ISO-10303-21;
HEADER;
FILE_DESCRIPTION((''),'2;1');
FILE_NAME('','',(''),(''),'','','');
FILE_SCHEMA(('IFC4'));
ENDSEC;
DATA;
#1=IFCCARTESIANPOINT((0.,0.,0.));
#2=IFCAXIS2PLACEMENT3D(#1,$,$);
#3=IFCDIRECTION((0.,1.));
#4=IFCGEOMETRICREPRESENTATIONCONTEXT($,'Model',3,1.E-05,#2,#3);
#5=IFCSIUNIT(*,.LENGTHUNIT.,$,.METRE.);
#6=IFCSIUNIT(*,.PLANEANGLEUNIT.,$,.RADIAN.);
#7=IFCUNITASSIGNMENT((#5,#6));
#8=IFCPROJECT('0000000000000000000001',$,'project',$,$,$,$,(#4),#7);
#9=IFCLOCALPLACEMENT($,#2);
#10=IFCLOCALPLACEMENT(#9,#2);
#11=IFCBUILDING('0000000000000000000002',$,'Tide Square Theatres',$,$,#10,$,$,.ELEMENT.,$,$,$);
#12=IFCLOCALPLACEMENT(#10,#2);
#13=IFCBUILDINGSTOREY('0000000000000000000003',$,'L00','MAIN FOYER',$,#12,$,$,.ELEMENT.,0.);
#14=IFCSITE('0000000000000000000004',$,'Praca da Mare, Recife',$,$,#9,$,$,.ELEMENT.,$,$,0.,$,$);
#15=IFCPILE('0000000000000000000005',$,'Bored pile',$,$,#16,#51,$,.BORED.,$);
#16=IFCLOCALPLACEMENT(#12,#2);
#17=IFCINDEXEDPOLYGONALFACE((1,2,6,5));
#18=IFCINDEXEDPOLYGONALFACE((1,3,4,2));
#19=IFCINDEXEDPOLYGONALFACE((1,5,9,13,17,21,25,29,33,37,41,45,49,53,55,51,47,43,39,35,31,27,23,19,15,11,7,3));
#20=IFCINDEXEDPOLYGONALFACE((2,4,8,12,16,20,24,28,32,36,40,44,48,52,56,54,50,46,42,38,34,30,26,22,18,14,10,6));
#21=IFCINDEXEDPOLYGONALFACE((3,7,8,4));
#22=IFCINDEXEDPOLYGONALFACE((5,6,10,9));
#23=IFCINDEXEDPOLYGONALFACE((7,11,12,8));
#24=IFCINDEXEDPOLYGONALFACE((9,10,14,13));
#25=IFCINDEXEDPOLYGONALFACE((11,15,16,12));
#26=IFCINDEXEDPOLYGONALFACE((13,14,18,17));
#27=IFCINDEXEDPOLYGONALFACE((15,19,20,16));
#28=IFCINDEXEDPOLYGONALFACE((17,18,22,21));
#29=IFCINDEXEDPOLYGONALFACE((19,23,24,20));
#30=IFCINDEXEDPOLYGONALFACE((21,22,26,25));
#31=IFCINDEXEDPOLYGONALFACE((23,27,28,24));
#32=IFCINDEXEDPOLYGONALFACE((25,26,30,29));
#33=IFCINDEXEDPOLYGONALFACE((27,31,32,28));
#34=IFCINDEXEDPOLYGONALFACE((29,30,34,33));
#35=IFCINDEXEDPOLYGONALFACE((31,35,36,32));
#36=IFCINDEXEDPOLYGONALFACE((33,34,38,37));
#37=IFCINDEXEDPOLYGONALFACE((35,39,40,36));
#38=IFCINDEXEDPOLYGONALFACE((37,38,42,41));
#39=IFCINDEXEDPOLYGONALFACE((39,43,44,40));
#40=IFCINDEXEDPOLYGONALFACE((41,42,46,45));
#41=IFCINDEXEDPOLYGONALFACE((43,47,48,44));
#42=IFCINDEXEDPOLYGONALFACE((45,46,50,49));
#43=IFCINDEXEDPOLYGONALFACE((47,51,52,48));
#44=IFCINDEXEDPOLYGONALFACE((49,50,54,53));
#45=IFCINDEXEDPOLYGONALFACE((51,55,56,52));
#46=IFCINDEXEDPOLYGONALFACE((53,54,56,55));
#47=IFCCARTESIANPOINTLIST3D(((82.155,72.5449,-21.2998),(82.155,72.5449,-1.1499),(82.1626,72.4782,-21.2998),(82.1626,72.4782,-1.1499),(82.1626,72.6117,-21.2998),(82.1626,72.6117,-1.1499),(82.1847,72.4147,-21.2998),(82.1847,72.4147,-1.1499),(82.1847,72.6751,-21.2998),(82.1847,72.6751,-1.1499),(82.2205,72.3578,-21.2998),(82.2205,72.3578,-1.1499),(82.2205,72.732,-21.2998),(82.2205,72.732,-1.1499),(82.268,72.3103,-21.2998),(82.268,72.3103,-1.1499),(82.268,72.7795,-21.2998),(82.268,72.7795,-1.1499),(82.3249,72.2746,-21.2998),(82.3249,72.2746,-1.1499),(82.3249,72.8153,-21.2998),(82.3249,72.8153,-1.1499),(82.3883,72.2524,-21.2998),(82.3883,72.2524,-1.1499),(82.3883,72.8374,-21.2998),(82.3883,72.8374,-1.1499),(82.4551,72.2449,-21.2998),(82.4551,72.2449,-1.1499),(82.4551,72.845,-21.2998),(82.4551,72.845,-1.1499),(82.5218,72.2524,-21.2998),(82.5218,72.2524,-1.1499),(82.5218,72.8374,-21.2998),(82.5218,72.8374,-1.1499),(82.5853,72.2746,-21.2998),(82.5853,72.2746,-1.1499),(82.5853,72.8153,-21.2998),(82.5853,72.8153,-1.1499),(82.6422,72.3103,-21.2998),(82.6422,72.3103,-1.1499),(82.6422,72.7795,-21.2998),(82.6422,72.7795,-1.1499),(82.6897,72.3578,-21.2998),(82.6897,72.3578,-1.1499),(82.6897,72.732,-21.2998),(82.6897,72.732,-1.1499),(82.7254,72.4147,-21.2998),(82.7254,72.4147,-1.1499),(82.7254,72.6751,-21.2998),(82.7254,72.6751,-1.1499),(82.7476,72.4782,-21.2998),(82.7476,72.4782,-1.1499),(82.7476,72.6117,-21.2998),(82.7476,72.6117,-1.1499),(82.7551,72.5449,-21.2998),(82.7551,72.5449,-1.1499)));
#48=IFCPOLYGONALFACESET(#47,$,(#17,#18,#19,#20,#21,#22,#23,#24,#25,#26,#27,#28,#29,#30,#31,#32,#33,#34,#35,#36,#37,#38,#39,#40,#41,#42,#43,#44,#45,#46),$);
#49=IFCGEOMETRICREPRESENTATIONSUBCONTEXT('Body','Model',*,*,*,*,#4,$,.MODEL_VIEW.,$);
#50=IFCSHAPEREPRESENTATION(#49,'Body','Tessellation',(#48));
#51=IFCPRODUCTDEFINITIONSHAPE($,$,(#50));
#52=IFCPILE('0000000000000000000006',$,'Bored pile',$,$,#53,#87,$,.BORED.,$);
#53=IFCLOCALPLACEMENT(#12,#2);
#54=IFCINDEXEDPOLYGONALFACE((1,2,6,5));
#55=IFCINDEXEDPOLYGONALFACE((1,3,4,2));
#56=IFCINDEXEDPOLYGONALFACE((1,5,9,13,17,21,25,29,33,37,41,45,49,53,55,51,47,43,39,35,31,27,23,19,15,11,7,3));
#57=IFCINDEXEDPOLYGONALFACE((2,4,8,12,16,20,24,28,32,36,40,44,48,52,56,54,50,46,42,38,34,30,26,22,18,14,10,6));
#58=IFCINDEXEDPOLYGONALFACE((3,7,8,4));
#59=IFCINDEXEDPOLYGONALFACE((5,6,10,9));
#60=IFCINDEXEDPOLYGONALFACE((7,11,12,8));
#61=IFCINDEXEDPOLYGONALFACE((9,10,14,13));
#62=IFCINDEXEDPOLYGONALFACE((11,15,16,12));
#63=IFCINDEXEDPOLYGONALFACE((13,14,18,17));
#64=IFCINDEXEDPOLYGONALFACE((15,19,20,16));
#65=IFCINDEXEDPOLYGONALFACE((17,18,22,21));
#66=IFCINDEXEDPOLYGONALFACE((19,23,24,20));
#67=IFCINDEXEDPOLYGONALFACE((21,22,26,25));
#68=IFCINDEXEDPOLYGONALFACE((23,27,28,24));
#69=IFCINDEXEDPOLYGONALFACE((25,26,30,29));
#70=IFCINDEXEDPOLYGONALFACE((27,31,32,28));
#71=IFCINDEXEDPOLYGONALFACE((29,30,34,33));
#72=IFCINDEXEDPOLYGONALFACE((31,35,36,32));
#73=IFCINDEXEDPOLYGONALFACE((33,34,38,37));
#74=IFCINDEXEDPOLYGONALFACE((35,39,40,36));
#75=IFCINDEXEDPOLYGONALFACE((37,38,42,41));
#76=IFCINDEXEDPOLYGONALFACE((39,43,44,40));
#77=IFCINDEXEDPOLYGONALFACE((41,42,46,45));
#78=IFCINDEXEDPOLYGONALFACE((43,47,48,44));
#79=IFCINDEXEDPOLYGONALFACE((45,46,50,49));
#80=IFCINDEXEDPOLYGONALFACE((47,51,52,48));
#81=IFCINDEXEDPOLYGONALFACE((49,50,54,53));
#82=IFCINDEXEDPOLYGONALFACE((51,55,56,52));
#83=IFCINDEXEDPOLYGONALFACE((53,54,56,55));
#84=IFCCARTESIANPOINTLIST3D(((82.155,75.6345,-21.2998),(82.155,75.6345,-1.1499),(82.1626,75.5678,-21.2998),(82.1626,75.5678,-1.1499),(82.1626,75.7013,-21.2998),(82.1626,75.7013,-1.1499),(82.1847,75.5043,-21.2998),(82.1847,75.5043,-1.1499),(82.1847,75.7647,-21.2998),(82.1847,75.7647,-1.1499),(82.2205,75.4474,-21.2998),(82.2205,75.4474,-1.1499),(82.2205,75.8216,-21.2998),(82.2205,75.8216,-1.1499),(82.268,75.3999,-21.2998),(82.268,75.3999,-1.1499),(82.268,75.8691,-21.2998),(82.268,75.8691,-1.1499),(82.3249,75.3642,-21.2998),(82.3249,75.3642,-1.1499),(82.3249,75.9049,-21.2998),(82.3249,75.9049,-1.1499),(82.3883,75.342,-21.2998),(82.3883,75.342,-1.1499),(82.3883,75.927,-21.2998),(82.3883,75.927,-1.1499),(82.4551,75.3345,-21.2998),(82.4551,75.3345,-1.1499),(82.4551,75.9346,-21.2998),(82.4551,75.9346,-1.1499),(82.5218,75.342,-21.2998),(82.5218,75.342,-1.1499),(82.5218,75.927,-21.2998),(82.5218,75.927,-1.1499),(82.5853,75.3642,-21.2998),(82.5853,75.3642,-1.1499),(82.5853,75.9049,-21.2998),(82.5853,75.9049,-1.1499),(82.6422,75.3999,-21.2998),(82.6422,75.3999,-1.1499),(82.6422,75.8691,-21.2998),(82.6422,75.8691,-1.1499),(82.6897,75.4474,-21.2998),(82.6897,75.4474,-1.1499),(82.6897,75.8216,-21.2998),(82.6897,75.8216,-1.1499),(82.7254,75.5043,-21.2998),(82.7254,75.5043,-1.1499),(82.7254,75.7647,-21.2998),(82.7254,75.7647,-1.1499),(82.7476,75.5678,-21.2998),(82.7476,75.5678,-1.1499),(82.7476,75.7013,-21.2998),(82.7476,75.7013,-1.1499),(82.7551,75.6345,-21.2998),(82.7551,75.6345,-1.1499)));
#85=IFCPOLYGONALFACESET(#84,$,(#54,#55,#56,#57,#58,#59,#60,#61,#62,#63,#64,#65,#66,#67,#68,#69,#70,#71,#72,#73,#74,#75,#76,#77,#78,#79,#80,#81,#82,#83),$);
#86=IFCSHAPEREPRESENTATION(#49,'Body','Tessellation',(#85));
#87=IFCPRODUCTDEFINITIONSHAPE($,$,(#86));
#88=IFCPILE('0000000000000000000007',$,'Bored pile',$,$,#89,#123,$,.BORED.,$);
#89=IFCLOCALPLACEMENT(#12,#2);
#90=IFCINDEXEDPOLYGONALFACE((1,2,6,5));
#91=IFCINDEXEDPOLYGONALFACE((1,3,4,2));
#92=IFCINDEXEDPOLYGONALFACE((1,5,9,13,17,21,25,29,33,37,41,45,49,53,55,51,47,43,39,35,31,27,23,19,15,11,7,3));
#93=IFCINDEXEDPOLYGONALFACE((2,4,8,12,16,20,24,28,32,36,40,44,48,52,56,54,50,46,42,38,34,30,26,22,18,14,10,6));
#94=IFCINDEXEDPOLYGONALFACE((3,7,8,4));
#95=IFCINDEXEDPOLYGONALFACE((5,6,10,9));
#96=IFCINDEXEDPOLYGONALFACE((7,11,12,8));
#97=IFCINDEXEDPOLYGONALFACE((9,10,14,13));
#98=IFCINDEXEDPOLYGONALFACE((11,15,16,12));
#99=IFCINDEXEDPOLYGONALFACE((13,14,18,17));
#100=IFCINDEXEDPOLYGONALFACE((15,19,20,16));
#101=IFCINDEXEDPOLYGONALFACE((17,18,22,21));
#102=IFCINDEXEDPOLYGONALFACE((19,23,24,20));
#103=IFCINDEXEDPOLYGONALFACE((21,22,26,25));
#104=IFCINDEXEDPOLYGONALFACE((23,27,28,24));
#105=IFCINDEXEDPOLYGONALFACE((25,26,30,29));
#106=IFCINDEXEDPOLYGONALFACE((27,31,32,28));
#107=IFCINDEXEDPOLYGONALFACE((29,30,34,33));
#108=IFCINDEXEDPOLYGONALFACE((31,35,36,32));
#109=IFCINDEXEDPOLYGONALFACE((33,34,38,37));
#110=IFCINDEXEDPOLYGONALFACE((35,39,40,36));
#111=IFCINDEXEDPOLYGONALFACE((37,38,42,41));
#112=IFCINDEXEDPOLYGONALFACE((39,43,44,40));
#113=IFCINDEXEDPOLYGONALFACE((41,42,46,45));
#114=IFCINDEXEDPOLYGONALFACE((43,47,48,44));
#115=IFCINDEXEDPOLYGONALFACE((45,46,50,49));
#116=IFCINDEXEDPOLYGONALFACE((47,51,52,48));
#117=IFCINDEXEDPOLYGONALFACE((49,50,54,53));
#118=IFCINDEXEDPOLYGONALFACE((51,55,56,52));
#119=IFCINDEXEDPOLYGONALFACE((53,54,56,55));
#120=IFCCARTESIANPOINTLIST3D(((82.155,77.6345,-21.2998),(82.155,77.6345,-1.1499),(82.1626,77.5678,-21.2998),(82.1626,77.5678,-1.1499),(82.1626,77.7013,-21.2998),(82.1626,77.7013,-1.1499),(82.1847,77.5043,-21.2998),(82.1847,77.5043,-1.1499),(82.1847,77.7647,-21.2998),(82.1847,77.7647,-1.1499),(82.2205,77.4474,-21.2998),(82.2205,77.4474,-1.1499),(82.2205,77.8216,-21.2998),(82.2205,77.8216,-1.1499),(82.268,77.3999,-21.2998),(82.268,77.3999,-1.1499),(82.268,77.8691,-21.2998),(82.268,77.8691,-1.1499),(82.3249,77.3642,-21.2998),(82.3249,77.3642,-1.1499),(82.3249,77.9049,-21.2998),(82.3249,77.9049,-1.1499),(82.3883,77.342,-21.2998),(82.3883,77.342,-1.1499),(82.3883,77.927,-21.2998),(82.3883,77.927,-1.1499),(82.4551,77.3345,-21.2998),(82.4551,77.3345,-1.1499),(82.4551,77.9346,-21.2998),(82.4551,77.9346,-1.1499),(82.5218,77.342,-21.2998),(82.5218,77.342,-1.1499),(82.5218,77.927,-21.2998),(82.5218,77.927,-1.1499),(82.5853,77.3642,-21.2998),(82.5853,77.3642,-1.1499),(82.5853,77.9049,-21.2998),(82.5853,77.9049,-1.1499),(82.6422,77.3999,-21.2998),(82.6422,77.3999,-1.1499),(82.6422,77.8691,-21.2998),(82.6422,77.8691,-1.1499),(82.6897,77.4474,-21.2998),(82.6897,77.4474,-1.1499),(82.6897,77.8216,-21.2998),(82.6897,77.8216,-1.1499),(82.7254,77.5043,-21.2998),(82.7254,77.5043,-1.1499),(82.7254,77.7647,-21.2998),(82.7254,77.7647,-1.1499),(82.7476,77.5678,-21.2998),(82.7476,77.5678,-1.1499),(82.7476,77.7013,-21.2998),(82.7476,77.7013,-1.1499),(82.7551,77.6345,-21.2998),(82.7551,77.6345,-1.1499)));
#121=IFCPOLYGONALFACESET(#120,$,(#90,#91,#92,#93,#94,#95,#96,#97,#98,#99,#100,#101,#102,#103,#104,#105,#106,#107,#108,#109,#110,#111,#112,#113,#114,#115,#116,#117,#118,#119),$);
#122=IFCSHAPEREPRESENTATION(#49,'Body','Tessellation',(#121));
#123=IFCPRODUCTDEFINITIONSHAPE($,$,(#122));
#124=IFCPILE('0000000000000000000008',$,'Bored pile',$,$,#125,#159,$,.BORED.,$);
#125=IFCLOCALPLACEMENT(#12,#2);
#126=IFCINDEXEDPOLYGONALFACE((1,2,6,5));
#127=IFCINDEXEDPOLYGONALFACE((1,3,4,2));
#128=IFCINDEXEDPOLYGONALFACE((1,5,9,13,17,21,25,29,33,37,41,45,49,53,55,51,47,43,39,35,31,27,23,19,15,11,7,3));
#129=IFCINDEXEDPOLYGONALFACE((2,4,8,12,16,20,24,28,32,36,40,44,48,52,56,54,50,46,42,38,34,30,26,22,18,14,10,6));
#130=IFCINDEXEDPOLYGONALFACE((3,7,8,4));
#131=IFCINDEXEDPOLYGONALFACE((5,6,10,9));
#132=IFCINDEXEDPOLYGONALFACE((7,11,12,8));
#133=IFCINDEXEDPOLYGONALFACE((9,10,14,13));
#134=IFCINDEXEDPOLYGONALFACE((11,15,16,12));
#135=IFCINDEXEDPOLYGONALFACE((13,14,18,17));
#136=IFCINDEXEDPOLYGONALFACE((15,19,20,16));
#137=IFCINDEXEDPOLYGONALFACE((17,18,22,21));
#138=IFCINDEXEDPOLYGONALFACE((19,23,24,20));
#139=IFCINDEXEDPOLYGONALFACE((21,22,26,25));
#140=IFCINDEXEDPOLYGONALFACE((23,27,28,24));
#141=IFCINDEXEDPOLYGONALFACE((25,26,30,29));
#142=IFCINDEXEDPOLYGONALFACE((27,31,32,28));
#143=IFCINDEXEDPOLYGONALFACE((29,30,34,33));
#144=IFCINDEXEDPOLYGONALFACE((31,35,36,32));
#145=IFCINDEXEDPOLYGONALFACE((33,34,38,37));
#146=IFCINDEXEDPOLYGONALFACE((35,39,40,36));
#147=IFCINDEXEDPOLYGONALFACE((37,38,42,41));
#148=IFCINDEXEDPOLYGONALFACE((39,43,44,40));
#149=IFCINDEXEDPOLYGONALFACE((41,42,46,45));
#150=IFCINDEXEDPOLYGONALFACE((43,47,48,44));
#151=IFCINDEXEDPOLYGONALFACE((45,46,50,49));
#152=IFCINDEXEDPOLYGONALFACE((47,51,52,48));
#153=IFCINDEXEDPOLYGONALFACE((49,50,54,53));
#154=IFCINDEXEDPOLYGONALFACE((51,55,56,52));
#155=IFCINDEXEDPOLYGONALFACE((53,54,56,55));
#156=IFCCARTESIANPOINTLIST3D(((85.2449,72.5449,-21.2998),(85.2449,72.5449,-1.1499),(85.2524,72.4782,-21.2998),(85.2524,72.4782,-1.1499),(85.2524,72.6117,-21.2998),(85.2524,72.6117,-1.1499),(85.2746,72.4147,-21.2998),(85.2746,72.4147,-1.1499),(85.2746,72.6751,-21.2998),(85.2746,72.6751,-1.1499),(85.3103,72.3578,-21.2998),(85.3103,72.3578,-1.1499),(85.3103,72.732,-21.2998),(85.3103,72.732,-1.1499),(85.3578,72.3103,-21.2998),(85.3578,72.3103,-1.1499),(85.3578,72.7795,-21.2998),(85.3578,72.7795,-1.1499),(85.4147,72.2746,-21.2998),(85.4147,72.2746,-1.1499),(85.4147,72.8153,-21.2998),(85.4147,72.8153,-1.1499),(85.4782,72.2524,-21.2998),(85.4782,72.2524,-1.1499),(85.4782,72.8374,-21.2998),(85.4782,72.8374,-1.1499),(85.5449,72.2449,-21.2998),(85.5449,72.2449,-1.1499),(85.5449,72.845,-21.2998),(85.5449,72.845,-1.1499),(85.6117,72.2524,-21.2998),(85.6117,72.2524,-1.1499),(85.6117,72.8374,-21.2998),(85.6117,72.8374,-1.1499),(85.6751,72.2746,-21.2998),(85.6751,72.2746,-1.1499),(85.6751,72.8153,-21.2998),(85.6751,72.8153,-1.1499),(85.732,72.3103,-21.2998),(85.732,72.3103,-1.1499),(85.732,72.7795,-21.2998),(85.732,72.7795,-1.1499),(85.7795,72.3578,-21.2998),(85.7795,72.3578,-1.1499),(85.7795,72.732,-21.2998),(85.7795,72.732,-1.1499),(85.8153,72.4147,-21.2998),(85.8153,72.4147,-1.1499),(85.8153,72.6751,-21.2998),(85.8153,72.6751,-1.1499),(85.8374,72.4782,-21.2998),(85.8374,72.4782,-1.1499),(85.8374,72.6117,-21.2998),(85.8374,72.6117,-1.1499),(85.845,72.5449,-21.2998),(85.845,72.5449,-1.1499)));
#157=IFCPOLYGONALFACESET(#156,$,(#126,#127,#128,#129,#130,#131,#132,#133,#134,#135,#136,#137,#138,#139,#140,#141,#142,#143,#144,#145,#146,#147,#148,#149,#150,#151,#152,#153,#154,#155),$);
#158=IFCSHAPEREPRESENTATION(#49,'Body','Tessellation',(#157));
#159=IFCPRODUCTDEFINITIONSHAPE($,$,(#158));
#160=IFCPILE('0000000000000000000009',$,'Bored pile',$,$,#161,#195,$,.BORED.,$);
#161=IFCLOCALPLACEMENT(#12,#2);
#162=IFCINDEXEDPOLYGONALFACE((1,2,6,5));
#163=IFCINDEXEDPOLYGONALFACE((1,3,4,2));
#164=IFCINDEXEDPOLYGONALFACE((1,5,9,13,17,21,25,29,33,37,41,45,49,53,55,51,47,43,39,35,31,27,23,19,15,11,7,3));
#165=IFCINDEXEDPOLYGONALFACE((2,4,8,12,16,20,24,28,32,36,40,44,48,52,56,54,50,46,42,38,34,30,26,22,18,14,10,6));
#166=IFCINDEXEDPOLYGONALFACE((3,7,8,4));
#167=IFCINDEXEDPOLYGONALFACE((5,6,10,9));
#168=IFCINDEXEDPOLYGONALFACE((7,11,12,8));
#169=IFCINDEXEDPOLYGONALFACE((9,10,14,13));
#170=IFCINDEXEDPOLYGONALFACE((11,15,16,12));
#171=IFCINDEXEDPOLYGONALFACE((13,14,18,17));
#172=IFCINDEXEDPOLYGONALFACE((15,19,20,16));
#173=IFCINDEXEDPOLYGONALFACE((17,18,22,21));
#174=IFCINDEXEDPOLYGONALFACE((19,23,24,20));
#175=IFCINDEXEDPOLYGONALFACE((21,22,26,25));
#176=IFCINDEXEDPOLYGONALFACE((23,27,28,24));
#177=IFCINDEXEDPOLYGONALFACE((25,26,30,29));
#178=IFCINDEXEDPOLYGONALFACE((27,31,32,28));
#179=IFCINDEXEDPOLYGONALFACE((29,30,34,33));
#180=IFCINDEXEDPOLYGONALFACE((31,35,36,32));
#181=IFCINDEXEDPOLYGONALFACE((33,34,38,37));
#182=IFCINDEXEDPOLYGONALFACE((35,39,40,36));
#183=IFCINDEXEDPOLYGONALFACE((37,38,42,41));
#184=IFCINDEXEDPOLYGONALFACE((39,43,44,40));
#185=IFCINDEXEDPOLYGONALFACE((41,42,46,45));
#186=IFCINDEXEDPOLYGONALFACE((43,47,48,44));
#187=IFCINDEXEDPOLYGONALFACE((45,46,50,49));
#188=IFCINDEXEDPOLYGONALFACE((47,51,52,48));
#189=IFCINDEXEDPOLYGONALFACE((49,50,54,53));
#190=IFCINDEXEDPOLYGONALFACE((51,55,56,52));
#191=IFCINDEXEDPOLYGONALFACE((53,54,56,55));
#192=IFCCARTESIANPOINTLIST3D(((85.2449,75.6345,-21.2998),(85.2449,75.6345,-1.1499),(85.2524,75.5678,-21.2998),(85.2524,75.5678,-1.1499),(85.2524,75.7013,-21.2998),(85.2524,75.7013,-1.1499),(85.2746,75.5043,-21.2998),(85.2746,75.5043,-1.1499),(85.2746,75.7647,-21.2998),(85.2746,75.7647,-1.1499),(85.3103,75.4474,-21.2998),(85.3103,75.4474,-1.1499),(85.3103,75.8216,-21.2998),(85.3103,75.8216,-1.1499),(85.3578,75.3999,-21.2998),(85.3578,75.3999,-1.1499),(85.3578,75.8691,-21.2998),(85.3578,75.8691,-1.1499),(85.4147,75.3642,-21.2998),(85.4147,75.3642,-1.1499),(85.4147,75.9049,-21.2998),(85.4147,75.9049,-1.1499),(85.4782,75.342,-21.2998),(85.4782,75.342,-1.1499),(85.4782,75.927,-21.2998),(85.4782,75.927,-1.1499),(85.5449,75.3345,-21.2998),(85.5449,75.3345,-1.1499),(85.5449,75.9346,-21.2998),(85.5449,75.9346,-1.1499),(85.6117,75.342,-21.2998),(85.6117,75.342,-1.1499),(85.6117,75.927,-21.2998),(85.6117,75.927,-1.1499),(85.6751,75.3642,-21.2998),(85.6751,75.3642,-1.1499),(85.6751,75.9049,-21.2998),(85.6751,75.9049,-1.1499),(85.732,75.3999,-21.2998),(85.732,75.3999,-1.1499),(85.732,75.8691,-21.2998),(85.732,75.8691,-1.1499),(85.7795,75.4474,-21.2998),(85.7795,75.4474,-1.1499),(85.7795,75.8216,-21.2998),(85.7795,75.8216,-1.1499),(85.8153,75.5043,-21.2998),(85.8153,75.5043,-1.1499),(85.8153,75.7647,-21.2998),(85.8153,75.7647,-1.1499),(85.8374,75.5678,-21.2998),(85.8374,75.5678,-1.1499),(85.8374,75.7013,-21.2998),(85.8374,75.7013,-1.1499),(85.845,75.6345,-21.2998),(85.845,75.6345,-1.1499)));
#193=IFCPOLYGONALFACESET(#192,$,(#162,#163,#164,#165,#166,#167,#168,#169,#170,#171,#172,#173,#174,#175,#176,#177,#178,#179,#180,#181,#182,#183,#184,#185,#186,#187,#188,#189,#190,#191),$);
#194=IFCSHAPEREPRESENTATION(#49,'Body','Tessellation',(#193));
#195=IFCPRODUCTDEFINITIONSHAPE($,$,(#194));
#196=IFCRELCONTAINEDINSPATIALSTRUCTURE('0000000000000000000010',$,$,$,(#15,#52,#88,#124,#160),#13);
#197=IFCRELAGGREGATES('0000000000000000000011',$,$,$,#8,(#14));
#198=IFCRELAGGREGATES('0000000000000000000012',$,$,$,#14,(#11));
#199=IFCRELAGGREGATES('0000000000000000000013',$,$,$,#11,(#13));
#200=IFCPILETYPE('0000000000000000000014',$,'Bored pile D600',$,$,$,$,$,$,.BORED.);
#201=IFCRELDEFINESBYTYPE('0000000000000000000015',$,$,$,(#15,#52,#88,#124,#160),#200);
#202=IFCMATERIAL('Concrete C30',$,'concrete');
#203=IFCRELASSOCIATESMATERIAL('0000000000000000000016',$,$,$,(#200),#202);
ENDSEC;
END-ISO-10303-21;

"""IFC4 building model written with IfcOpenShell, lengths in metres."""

from ifc_helpers import new_model, si_unit, direction, frame, origin, origin_2d, place, context, subcontext, project, spatial, circle, extrude, material, material_profile, profile_set, type_object, element, save


model = new_model("IFC4")

# Units and contexts
model_context = context("Model", 3, precision=1e-05, world=origin(), true_north=direction((0.0, 1.0)))
body_context = subcontext(model_context, "Body", "Model", "MODEL_VIEW")
ifc_project = project(units=[si_unit("LENGTHUNIT", "METRE"), si_unit("PLANEANGLEUNIT", "RADIAN")], contexts=[model_context])

# Site, building, storey
site_placement = place(None, origin())
site = spatial("IfcSite", under=ifc_project, at=site_placement, Name="Praca da Mare, Recife", CompositionType="ELEMENT", RefElevation=0.0)
building_placement = place(site_placement, origin())
building = spatial("IfcBuilding", under=site, at=building_placement, Name="Tide Square Theatres", CompositionType="ELEMENT")
storey_placement = place(building_placement, origin())
storey = spatial("IfcBuildingStorey", under=building, at=storey_placement, Name="L00", Description="MAIN FOYER", CompositionType="ELEMENT", Elevation=0.0)

# Piles
ifc_material_1 = material(Name="Concrete C30", Category="concrete")
ifc_material_profile_1 = material_profile(ifc_material_1, circle(Radius=0.3, at=origin_2d()))
ifc_profile_set_1 = profile_set([ifc_material_profile_1], Name="Concrete C30")
pile_type = type_object("IfcPileType", Name="Bored pile D600", PredefinedType="BORED", material=ifc_profile_set_1)
for number, where, z_axis, x_axis, name in (
    (1, (82.4551, 72.5449, -1.1499), (0.0, 0.0, -1.0), (1.0, 0.0, 0.0), "Bored pile"),
    (2, (82.4551, 75.6345, -1.1499), (0.0, 0.0, -1.0), (1.0, 0.0, 0.0), "Bored pile"),
    (3, (82.4551, 77.6345, -1.1499), (0.0, 0.0, -1.0), (1.0, 0.0, 0.0), "Bored pile"),
    (4, (85.5449, 72.5449, -1.1499), (0.0, 0.0, -1.0), (1.0, 0.0, 0.0), "Bored pile"),
    (5, (85.5449, 75.6345, -1.1499), (0.0, 0.0, -1.0), (1.0, 0.0, 0.0), "Bored pile"),
):
    element("IfcPile", number, at=place(storey_placement, frame(where, z_axis=z_axis, x_axis=x_axis)), inside=storey, type_object=pile_type, Name=name, PredefinedType="BORED", context=body_context, shape_type="SweptSolid", body=[
        extrude(circle(Radius=0.3, at=origin_2d()), origin(), (0.0, 0.0, 1.0), 20.1499),
    ])

save(model, "model.ifc")
